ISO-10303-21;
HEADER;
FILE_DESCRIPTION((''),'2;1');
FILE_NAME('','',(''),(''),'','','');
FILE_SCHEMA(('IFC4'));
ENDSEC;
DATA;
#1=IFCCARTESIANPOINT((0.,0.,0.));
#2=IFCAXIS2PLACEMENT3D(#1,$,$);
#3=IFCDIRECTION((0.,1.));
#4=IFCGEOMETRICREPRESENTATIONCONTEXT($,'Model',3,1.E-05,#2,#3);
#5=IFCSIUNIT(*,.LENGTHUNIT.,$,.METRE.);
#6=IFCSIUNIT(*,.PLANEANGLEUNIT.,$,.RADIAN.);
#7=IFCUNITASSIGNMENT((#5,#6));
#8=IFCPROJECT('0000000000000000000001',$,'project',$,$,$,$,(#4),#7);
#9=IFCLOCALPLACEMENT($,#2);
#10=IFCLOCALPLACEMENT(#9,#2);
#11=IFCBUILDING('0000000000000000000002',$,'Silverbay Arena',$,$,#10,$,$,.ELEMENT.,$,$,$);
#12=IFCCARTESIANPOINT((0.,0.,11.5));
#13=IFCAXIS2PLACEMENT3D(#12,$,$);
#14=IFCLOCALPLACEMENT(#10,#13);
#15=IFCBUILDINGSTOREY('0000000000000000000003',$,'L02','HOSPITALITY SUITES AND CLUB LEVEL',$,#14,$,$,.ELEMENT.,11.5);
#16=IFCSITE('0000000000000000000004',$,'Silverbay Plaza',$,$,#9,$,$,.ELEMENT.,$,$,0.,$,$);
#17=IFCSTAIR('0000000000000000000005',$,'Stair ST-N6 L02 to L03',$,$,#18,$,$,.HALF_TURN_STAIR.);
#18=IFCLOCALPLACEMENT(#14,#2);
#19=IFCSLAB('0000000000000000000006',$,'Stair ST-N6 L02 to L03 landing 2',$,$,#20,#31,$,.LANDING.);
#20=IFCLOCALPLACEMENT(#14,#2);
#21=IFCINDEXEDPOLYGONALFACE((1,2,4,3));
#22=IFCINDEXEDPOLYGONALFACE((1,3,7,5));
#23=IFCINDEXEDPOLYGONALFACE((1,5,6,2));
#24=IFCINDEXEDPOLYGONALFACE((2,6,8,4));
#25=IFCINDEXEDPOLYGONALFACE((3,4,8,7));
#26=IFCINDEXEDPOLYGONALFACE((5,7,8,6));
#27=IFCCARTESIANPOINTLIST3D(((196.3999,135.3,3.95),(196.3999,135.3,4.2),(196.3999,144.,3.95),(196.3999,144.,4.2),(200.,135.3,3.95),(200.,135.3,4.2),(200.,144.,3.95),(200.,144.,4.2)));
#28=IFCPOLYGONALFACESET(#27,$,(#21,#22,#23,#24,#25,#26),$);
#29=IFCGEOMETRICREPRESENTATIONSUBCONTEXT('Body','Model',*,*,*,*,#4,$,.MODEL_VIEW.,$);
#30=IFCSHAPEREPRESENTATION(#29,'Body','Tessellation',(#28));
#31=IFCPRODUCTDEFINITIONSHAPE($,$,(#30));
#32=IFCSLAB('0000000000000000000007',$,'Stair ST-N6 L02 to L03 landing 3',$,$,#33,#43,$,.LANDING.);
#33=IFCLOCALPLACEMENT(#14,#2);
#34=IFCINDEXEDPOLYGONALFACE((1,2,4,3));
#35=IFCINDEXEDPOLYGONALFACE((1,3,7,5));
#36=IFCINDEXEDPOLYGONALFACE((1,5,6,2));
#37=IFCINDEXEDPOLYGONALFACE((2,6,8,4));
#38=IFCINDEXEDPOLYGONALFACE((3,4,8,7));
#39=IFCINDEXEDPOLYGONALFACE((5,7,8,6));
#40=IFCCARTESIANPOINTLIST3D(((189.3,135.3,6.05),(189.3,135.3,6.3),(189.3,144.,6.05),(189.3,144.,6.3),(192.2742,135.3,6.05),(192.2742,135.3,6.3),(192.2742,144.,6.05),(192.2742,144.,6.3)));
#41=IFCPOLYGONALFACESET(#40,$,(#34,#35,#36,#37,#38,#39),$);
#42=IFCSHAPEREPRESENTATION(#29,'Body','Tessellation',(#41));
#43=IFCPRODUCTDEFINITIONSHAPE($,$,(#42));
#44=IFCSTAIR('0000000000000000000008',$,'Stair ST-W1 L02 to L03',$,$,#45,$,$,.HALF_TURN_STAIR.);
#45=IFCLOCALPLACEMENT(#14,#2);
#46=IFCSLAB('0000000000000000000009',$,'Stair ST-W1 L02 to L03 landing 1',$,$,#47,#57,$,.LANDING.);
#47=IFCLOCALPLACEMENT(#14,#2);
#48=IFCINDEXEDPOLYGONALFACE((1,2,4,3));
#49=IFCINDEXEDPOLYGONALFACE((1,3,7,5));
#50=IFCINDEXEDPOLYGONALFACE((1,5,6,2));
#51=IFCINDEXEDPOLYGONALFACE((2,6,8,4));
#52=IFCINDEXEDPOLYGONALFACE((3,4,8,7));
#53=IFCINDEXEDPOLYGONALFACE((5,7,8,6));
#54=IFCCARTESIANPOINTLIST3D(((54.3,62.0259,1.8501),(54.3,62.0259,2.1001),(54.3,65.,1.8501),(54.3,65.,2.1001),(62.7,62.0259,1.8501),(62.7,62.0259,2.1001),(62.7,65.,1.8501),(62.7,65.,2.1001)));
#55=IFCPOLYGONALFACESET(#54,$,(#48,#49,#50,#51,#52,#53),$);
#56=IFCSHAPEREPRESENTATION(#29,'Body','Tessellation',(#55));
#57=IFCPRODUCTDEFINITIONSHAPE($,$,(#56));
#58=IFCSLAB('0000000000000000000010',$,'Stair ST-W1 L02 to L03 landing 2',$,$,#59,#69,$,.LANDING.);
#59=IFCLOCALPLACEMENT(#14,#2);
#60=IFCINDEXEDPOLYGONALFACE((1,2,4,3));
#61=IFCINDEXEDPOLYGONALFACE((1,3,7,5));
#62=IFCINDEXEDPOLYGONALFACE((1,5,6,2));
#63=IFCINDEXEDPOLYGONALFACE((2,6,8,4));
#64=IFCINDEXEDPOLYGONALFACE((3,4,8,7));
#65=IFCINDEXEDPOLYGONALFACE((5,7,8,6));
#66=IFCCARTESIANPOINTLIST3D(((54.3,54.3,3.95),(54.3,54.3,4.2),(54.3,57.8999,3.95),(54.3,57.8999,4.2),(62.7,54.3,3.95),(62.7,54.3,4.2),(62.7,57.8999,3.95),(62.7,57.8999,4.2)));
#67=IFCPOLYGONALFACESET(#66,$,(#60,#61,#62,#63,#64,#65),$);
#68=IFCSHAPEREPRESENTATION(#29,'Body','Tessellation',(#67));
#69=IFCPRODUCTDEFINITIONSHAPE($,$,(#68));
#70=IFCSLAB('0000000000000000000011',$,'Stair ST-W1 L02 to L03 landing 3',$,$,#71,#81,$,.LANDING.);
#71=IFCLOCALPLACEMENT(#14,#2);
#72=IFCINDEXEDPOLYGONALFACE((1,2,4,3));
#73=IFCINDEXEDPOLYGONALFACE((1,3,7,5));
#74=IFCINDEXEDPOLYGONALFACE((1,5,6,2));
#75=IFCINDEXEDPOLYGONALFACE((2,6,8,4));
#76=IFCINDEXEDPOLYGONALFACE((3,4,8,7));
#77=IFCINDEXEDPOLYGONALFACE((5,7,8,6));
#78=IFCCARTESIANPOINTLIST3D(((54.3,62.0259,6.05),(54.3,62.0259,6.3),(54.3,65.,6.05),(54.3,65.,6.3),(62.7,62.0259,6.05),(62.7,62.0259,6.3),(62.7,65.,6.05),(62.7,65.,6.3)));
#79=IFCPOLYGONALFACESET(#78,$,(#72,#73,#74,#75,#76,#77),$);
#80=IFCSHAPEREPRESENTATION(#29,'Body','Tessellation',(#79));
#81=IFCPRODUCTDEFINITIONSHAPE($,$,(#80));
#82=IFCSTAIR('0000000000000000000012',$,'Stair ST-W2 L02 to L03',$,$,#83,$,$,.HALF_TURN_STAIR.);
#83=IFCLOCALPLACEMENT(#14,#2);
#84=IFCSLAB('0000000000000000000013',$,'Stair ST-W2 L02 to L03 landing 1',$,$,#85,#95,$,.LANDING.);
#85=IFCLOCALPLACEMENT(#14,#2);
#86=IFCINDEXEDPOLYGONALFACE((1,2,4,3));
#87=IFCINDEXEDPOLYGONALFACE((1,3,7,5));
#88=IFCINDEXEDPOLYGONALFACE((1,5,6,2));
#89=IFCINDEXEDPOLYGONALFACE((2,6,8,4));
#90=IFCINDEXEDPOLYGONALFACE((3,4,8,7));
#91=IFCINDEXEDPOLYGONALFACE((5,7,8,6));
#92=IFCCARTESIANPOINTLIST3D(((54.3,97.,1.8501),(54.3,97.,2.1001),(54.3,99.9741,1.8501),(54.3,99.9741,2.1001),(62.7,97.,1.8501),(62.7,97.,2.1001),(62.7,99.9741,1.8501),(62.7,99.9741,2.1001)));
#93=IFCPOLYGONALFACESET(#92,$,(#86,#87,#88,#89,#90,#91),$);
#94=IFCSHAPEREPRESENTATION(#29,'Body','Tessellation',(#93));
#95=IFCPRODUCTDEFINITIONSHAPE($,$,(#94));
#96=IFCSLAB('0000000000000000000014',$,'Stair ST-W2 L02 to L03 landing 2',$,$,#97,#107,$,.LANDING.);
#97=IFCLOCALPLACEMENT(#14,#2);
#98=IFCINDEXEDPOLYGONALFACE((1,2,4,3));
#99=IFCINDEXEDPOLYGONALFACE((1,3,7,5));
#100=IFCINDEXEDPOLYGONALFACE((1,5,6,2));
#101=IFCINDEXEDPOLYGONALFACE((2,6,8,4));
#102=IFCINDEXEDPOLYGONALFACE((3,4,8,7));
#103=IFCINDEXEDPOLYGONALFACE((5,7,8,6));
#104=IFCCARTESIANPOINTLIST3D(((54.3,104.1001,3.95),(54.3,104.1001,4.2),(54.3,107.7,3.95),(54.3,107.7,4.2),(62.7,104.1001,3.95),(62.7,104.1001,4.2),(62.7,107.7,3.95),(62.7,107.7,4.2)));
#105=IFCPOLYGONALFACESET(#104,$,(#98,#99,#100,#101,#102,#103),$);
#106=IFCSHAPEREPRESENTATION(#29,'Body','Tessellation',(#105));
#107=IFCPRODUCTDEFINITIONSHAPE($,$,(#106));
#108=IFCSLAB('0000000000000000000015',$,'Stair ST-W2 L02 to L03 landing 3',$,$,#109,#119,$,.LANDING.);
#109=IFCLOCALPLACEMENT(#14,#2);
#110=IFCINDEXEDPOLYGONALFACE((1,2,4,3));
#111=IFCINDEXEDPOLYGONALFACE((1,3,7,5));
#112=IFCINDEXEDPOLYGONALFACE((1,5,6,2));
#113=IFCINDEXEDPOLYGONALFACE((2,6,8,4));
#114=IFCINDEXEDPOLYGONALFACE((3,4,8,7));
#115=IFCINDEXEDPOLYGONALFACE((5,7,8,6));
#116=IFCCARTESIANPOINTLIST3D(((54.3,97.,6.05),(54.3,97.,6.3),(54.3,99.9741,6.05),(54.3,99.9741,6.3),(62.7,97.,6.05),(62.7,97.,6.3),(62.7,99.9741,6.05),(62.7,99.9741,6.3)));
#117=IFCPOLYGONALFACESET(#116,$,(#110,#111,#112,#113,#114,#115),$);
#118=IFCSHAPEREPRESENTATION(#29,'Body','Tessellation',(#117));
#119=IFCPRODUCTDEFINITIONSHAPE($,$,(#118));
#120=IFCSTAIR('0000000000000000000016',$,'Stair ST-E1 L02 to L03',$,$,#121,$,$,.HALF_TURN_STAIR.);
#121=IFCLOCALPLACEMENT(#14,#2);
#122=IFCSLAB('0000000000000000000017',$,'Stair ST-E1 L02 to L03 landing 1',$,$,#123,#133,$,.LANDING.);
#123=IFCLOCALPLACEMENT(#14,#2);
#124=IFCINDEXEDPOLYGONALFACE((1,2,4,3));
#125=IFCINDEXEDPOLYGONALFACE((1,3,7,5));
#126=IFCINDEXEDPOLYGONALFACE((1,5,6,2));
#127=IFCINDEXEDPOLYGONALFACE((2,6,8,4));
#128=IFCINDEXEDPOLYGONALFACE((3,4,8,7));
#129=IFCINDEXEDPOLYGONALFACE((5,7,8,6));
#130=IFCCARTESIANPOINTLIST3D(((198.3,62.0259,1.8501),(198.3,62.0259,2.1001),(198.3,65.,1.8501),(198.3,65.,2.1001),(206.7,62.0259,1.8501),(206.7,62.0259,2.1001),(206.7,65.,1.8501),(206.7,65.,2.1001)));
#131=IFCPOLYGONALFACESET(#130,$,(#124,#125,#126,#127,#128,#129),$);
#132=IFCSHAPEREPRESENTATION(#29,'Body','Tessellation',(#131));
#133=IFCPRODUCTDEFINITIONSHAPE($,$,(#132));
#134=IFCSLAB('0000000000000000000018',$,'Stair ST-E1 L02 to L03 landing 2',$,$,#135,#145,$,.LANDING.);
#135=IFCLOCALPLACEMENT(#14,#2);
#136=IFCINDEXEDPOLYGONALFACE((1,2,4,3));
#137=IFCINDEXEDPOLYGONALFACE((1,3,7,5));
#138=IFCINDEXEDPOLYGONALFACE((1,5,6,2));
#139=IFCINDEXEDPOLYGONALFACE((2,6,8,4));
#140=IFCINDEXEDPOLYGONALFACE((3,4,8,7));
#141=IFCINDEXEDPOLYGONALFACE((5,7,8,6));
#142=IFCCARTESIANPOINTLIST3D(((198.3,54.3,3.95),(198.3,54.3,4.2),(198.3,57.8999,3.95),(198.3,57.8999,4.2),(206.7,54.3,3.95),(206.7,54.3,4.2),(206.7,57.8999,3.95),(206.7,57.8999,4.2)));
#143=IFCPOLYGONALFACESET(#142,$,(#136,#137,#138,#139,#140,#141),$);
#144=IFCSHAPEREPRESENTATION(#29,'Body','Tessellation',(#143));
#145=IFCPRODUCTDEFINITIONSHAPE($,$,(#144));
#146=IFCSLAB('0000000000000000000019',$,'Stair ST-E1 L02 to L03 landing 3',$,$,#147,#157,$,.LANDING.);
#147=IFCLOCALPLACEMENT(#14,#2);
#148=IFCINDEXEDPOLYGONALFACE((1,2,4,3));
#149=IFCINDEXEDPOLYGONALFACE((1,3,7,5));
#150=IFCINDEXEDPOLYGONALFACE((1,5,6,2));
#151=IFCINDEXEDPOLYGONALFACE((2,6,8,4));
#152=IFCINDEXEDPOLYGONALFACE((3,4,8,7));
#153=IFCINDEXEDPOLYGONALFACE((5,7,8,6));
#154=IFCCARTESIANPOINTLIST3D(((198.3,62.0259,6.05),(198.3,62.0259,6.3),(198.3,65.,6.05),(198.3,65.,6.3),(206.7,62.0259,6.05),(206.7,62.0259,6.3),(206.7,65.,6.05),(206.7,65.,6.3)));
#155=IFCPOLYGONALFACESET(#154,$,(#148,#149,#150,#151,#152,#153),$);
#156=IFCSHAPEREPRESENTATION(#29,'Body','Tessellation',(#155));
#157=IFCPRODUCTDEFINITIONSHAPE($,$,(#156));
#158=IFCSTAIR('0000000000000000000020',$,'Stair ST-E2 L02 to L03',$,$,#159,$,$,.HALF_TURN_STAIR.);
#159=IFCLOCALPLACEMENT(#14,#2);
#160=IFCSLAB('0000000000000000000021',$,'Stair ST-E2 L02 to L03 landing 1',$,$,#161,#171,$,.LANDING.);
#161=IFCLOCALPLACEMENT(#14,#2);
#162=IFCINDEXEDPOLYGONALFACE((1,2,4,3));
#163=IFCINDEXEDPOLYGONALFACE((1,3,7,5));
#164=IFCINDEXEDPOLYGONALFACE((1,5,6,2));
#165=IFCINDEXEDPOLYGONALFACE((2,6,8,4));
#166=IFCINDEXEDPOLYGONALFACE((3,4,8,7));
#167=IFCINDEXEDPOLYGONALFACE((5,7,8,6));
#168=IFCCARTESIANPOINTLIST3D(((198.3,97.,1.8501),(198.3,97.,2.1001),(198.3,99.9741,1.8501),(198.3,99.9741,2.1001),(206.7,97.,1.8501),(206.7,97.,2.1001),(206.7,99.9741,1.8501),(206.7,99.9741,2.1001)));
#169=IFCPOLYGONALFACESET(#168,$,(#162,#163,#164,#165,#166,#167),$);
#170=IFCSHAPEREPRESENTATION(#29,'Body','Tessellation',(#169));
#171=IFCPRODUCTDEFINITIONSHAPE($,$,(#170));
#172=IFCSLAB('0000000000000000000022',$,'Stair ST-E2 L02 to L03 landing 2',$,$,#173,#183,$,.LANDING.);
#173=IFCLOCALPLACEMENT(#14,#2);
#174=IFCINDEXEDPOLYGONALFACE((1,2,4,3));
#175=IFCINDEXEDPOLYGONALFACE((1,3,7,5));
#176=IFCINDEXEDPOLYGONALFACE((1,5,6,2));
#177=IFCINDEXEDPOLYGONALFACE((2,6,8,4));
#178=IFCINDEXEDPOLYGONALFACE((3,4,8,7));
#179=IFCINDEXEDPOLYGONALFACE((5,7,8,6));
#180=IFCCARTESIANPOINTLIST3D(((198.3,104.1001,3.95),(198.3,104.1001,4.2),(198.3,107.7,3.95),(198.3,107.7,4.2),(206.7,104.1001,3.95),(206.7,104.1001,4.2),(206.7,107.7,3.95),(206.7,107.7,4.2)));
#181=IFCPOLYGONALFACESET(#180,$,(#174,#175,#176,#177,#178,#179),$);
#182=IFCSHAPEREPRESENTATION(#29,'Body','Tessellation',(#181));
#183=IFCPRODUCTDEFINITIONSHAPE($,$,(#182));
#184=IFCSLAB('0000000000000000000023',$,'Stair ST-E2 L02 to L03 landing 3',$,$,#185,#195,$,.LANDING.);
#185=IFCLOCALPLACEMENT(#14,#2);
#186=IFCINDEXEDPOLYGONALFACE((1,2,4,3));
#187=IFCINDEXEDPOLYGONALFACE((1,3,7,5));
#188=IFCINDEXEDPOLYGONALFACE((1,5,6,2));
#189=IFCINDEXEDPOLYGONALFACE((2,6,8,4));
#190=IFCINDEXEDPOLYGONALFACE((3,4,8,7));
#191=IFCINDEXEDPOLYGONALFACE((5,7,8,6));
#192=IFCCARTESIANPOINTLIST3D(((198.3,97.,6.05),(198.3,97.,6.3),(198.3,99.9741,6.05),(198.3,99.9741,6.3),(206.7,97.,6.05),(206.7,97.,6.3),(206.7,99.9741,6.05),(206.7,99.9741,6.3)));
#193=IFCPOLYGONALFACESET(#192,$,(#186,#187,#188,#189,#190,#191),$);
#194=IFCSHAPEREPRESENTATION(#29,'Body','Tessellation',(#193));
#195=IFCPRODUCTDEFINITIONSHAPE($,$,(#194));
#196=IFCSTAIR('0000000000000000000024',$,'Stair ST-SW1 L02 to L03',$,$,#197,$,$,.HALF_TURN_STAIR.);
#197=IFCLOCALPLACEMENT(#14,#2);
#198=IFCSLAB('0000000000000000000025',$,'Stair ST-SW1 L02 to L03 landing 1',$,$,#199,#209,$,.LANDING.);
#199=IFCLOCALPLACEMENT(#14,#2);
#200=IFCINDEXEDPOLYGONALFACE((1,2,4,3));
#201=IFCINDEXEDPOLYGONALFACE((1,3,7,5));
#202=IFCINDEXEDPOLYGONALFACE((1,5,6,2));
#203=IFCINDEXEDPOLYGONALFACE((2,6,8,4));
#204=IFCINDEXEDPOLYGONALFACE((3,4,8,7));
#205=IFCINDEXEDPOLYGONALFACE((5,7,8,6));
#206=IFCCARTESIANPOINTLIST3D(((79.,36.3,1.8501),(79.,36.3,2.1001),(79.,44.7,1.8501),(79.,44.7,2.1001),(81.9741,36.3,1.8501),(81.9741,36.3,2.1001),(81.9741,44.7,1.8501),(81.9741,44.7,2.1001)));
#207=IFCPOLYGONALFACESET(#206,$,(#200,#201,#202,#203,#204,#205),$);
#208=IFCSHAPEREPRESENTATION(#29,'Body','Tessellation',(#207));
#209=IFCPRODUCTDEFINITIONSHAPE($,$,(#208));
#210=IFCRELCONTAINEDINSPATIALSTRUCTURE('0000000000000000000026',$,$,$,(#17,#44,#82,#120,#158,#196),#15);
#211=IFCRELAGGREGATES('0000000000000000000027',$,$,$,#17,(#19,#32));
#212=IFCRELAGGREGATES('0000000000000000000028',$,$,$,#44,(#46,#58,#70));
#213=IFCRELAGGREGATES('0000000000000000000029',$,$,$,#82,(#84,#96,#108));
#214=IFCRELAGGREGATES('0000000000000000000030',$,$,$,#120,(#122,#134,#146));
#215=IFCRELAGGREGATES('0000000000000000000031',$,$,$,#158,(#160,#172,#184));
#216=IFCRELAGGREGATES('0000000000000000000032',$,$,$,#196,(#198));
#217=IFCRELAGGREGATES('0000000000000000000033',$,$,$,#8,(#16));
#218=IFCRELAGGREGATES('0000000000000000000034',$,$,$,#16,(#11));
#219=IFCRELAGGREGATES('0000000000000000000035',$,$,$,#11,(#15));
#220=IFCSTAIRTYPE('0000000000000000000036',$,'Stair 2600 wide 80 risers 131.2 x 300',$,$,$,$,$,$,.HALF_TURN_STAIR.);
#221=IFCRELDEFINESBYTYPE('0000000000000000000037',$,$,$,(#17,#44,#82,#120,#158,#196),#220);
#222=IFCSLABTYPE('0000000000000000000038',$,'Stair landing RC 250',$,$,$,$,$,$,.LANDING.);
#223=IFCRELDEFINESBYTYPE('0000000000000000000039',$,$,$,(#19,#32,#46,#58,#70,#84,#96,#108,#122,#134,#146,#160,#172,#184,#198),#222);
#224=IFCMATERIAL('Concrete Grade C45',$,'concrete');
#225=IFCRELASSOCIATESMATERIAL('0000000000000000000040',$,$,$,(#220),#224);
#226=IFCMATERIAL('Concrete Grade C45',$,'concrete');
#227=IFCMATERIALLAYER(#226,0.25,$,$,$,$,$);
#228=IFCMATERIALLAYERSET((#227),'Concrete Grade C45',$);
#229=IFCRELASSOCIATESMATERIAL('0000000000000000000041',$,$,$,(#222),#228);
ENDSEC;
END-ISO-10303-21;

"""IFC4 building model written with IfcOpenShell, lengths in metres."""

from ifc_helpers import new_model, si_unit, direction, frame, origin, place, context, subcontext, project, spatial, polyline, outline, extrude, material, layer, layer_set, type_object, element, aggregate, save


model = new_model("IFC4")

# Units and contexts
model_context = context("Model", 3, precision=1e-05, world=origin(), true_north=direction((0.0, 1.0)))
body_context = subcontext(model_context, "Body", "Model", "MODEL_VIEW")
ifc_project = project(units=[si_unit("LENGTHUNIT", "METRE"), si_unit("PLANEANGLEUNIT", "RADIAN")], contexts=[model_context])

# Site, building, storey
site_placement = place(None, origin())
site = spatial("IfcSite", under=ifc_project, at=site_placement, Name="Silverbay Plaza", CompositionType="ELEMENT", RefElevation=0.0)
building_placement = place(site_placement, origin())
building = spatial("IfcBuilding", under=site, at=building_placement, Name="Silverbay Arena", CompositionType="ELEMENT")
storey_placement = place(building_placement, frame((0.0, 0.0, 11.5)))
storey = spatial("IfcBuildingStorey", under=building, at=storey_placement, Name="L02", Description="HOSPITALITY SUITES AND CLUB LEVEL", CompositionType="ELEMENT", Elevation=11.5)

# Stairs, slabs
ifc_material_1 = material(Name="Concrete Grade C45", Category="concrete")
stair_type = type_object("IfcStairType", Name="Stair 2600 wide 80 risers 131.2 x 300", PredefinedType="HALF_TURN_STAIR", material=ifc_material_1)
stair_1_placement = place(storey_placement, origin())
stair_1 = element("IfcStair", 1, at=stair_1_placement, inside=storey, type_object=stair_type, Name="Stair ST-N6 L02 to L03", PredefinedType="HALF_TURN_STAIR")
ifc_material_2 = material(Name="Concrete Grade C45", Category="concrete")
ifc_layer = layer(ifc_material_2, 0.25)
ifc_layer_set = layer_set([ifc_layer], Name="Concrete Grade C45")
slab_type = type_object("IfcSlabType", Name="Stair landing RC 250", PredefinedType="LANDING", material=ifc_layer_set)
slab_1_placement = place(storey_placement, frame((0.0, 0.0, 3.95)))
slab_1 = element("IfcSlab", 2, at=slab_1_placement, type_object=slab_type, Name="Stair ST-N6 L02 to L03 landing 2", PredefinedType="LANDING", context=body_context, shape_type="SweptSolid", body=[
    extrude(outline(polyline([(200.0, 135.3), (196.3999, 135.3), (196.3999, 144.0), (200.0, 144.0), (200.0, 135.3)])), origin(), (0.0, 0.0, 1.0), 0.25),
])
slab_2_placement = place(storey_placement, frame((0.0, 0.0, 6.05)))
slab_2 = element("IfcSlab", 3, at=slab_2_placement, type_object=slab_type, Name="Stair ST-N6 L02 to L03 landing 3", PredefinedType="LANDING", context=body_context, shape_type="SweptSolid", body=[
    extrude(outline(polyline([(192.2742, 135.3), (189.3, 135.3), (189.3, 144.0), (192.2742, 144.0), (192.2742, 135.3)])), origin(), (0.0, 0.0, 1.0), 0.25),
])
aggregate(stair_1, [slab_1, slab_2])
stair_2_placement = place(storey_placement, origin())
stair_2 = element("IfcStair", 4, at=stair_2_placement, inside=storey, type_object=stair_type, Name="Stair ST-W1 L02 to L03", PredefinedType="HALF_TURN_STAIR")
slab_3_placement = place(storey_placement, frame((0.0, 0.0, 1.8501)))
slab_3 = element("IfcSlab", 5, at=slab_3_placement, type_object=slab_type, Name="Stair ST-W1 L02 to L03 landing 1", PredefinedType="LANDING", context=body_context, shape_type="SweptSolid", body=[
    extrude(outline(polyline([(62.7, 62.0259), (62.7, 65.0), (54.3, 65.0), (54.3, 62.0259), (62.7, 62.0259)])), origin(), (0.0, 0.0, 1.0), 0.25),
])
slab_4_placement = place(storey_placement, frame((0.0, 0.0, 3.95)))
slab_4 = element("IfcSlab", 6, at=slab_4_placement, type_object=slab_type, Name="Stair ST-W1 L02 to L03 landing 2", PredefinedType="LANDING", context=body_context, shape_type="SweptSolid", body=[
    extrude(outline(polyline([(62.7, 54.3), (62.7, 57.8999), (54.3, 57.8999), (54.3, 54.3), (62.7, 54.3)])), origin(), (0.0, 0.0, 1.0), 0.25),
])
slab_5_placement = place(storey_placement, frame((0.0, 0.0, 6.05)))
slab_5 = element("IfcSlab", 7, at=slab_5_placement, type_object=slab_type, Name="Stair ST-W1 L02 to L03 landing 3", PredefinedType="LANDING", context=body_context, shape_type="SweptSolid", body=[
    extrude(outline(polyline([(62.7, 62.0259), (62.7, 65.0), (54.3, 65.0), (54.3, 62.0259), (62.7, 62.0259)])), origin(), (0.0, 0.0, 1.0), 0.25),
])
aggregate(stair_2, [slab_3, slab_4, slab_5])
stair_3_placement = place(storey_placement, origin())
stair_3 = element("IfcStair", 8, at=stair_3_placement, inside=storey, type_object=stair_type, Name="Stair ST-W2 L02 to L03", PredefinedType="HALF_TURN_STAIR")
slab_6_placement = place(storey_placement, frame((0.0, 0.0, 1.8501)))
slab_6 = element("IfcSlab", 9, at=slab_6_placement, type_object=slab_type, Name="Stair ST-W2 L02 to L03 landing 1", PredefinedType="LANDING", context=body_context, shape_type="SweptSolid", body=[
    extrude(outline(polyline([(62.7, 99.9741), (62.7, 97.0), (54.3, 97.0), (54.3, 99.9741), (62.7, 99.9741)])), origin(), (0.0, 0.0, 1.0), 0.25),
])
slab_7_placement = place(storey_placement, frame((0.0, 0.0, 3.95)))
slab_7 = element("IfcSlab", 10, at=slab_7_placement, type_object=slab_type, Name="Stair ST-W2 L02 to L03 landing 2", PredefinedType="LANDING", context=body_context, shape_type="SweptSolid", body=[
    extrude(outline(polyline([(62.7, 107.7), (62.7, 104.1001), (54.3, 104.1001), (54.3, 107.7), (62.7, 107.7)])), origin(), (0.0, 0.0, 1.0), 0.25),
])
slab_8_placement = place(storey_placement, frame((0.0, 0.0, 6.05)))
slab_8 = element("IfcSlab", 11, at=slab_8_placement, type_object=slab_type, Name="Stair ST-W2 L02 to L03 landing 3", PredefinedType="LANDING", context=body_context, shape_type="SweptSolid", body=[
    extrude(outline(polyline([(62.7, 99.9741), (62.7, 97.0), (54.3, 97.0), (54.3, 99.9741), (62.7, 99.9741)])), origin(), (0.0, 0.0, 1.0), 0.25),
])
aggregate(stair_3, [slab_6, slab_7, slab_8])
stair_4_placement = place(storey_placement, origin())
stair_4 = element("IfcStair", 12, at=stair_4_placement, inside=storey, type_object=stair_type, Name="Stair ST-E1 L02 to L03", PredefinedType="HALF_TURN_STAIR")
slab_9_placement = place(storey_placement, frame((0.0, 0.0, 1.8501)))
slab_9 = element("IfcSlab", 13, at=slab_9_placement, type_object=slab_type, Name="Stair ST-E1 L02 to L03 landing 1", PredefinedType="LANDING", context=body_context, shape_type="SweptSolid", body=[
    extrude(outline(polyline([(198.3, 62.0259), (198.3, 65.0), (206.7, 65.0), (206.7, 62.0259), (198.3, 62.0259)])), origin(), (0.0, 0.0, 1.0), 0.25),
])
slab_10_placement = place(storey_placement, frame((0.0, 0.0, 3.95)))
slab_10 = element("IfcSlab", 14, at=slab_10_placement, type_object=slab_type, Name="Stair ST-E1 L02 to L03 landing 2", PredefinedType="LANDING", context=body_context, shape_type="SweptSolid", body=[
    extrude(outline(polyline([(198.3, 54.3), (198.3, 57.8999), (206.7, 57.8999), (206.7, 54.3), (198.3, 54.3)])), origin(), (0.0, 0.0, 1.0), 0.25),
])
slab_11_placement = place(storey_placement, frame((0.0, 0.0, 6.05)))
slab_11 = element("IfcSlab", 15, at=slab_11_placement, type_object=slab_type, Name="Stair ST-E1 L02 to L03 landing 3", PredefinedType="LANDING", context=body_context, shape_type="SweptSolid", body=[
    extrude(outline(polyline([(198.3, 62.0259), (198.3, 65.0), (206.7, 65.0), (206.7, 62.0259), (198.3, 62.0259)])), origin(), (0.0, 0.0, 1.0), 0.25),
])
aggregate(stair_4, [slab_9, slab_10, slab_11])
stair_5_placement = place(storey_placement, origin())
stair_5 = element("IfcStair", 16, at=stair_5_placement, inside=storey, type_object=stair_type, Name="Stair ST-E2 L02 to L03", PredefinedType="HALF_TURN_STAIR")
slab_12_placement = place(storey_placement, frame((0.0, 0.0, 1.8501)))
slab_12 = element("IfcSlab", 17, at=slab_12_placement, type_object=slab_type, Name="Stair ST-E2 L02 to L03 landing 1", PredefinedType="LANDING", context=body_context, shape_type="SweptSolid", body=[
    extrude(outline(polyline([(198.3, 99.9741), (198.3, 97.0), (206.7, 97.0), (206.7, 99.9741), (198.3, 99.9741)])), origin(), (0.0, 0.0, 1.0), 0.25),
])
slab_13_placement = place(storey_placement, frame((0.0, 0.0, 3.95)))
slab_13 = element("IfcSlab", 18, at=slab_13_placement, type_object=slab_type, Name="Stair ST-E2 L02 to L03 landing 2", PredefinedType="LANDING", context=body_context, shape_type="SweptSolid", body=[
    extrude(outline(polyline([(198.3, 107.7), (198.3, 104.1001), (206.7, 104.1001), (206.7, 107.7), (198.3, 107.7)])), origin(), (0.0, 0.0, 1.0), 0.25),
])
slab_14_placement = place(storey_placement, frame((0.0, 0.0, 6.05)))
slab_14 = element("IfcSlab", 19, at=slab_14_placement, type_object=slab_type, Name="Stair ST-E2 L02 to L03 landing 3", PredefinedType="LANDING", context=body_context, shape_type="SweptSolid", body=[
    extrude(outline(polyline([(198.3, 99.9741), (198.3, 97.0), (206.7, 97.0), (206.7, 99.9741), (198.3, 99.9741)])), origin(), (0.0, 0.0, 1.0), 0.25),
])
aggregate(stair_5, [slab_12, slab_13, slab_14])
stair_6_placement = place(storey_placement, origin())
stair_6 = element("IfcStair", 20, at=stair_6_placement, inside=storey, type_object=stair_type, Name="Stair ST-SW1 L02 to L03", PredefinedType="HALF_TURN_STAIR")
slab_15_placement = place(storey_placement, frame((0.0, 0.0, 1.8501)))
slab_15 = element("IfcSlab", 21, at=slab_15_placement, type_object=slab_type, Name="Stair ST-SW1 L02 to L03 landing 1", PredefinedType="LANDING", context=body_context, shape_type="SweptSolid", body=[
    extrude(outline(polyline([(81.9741, 44.7), (79.0, 44.7), (79.0, 36.3), (81.9741, 36.3), (81.9741, 44.7)])), origin(), (0.0, 0.0, 1.0), 0.25),
])
aggregate(stair_6, [slab_15])

save(model, "model.ifc")
